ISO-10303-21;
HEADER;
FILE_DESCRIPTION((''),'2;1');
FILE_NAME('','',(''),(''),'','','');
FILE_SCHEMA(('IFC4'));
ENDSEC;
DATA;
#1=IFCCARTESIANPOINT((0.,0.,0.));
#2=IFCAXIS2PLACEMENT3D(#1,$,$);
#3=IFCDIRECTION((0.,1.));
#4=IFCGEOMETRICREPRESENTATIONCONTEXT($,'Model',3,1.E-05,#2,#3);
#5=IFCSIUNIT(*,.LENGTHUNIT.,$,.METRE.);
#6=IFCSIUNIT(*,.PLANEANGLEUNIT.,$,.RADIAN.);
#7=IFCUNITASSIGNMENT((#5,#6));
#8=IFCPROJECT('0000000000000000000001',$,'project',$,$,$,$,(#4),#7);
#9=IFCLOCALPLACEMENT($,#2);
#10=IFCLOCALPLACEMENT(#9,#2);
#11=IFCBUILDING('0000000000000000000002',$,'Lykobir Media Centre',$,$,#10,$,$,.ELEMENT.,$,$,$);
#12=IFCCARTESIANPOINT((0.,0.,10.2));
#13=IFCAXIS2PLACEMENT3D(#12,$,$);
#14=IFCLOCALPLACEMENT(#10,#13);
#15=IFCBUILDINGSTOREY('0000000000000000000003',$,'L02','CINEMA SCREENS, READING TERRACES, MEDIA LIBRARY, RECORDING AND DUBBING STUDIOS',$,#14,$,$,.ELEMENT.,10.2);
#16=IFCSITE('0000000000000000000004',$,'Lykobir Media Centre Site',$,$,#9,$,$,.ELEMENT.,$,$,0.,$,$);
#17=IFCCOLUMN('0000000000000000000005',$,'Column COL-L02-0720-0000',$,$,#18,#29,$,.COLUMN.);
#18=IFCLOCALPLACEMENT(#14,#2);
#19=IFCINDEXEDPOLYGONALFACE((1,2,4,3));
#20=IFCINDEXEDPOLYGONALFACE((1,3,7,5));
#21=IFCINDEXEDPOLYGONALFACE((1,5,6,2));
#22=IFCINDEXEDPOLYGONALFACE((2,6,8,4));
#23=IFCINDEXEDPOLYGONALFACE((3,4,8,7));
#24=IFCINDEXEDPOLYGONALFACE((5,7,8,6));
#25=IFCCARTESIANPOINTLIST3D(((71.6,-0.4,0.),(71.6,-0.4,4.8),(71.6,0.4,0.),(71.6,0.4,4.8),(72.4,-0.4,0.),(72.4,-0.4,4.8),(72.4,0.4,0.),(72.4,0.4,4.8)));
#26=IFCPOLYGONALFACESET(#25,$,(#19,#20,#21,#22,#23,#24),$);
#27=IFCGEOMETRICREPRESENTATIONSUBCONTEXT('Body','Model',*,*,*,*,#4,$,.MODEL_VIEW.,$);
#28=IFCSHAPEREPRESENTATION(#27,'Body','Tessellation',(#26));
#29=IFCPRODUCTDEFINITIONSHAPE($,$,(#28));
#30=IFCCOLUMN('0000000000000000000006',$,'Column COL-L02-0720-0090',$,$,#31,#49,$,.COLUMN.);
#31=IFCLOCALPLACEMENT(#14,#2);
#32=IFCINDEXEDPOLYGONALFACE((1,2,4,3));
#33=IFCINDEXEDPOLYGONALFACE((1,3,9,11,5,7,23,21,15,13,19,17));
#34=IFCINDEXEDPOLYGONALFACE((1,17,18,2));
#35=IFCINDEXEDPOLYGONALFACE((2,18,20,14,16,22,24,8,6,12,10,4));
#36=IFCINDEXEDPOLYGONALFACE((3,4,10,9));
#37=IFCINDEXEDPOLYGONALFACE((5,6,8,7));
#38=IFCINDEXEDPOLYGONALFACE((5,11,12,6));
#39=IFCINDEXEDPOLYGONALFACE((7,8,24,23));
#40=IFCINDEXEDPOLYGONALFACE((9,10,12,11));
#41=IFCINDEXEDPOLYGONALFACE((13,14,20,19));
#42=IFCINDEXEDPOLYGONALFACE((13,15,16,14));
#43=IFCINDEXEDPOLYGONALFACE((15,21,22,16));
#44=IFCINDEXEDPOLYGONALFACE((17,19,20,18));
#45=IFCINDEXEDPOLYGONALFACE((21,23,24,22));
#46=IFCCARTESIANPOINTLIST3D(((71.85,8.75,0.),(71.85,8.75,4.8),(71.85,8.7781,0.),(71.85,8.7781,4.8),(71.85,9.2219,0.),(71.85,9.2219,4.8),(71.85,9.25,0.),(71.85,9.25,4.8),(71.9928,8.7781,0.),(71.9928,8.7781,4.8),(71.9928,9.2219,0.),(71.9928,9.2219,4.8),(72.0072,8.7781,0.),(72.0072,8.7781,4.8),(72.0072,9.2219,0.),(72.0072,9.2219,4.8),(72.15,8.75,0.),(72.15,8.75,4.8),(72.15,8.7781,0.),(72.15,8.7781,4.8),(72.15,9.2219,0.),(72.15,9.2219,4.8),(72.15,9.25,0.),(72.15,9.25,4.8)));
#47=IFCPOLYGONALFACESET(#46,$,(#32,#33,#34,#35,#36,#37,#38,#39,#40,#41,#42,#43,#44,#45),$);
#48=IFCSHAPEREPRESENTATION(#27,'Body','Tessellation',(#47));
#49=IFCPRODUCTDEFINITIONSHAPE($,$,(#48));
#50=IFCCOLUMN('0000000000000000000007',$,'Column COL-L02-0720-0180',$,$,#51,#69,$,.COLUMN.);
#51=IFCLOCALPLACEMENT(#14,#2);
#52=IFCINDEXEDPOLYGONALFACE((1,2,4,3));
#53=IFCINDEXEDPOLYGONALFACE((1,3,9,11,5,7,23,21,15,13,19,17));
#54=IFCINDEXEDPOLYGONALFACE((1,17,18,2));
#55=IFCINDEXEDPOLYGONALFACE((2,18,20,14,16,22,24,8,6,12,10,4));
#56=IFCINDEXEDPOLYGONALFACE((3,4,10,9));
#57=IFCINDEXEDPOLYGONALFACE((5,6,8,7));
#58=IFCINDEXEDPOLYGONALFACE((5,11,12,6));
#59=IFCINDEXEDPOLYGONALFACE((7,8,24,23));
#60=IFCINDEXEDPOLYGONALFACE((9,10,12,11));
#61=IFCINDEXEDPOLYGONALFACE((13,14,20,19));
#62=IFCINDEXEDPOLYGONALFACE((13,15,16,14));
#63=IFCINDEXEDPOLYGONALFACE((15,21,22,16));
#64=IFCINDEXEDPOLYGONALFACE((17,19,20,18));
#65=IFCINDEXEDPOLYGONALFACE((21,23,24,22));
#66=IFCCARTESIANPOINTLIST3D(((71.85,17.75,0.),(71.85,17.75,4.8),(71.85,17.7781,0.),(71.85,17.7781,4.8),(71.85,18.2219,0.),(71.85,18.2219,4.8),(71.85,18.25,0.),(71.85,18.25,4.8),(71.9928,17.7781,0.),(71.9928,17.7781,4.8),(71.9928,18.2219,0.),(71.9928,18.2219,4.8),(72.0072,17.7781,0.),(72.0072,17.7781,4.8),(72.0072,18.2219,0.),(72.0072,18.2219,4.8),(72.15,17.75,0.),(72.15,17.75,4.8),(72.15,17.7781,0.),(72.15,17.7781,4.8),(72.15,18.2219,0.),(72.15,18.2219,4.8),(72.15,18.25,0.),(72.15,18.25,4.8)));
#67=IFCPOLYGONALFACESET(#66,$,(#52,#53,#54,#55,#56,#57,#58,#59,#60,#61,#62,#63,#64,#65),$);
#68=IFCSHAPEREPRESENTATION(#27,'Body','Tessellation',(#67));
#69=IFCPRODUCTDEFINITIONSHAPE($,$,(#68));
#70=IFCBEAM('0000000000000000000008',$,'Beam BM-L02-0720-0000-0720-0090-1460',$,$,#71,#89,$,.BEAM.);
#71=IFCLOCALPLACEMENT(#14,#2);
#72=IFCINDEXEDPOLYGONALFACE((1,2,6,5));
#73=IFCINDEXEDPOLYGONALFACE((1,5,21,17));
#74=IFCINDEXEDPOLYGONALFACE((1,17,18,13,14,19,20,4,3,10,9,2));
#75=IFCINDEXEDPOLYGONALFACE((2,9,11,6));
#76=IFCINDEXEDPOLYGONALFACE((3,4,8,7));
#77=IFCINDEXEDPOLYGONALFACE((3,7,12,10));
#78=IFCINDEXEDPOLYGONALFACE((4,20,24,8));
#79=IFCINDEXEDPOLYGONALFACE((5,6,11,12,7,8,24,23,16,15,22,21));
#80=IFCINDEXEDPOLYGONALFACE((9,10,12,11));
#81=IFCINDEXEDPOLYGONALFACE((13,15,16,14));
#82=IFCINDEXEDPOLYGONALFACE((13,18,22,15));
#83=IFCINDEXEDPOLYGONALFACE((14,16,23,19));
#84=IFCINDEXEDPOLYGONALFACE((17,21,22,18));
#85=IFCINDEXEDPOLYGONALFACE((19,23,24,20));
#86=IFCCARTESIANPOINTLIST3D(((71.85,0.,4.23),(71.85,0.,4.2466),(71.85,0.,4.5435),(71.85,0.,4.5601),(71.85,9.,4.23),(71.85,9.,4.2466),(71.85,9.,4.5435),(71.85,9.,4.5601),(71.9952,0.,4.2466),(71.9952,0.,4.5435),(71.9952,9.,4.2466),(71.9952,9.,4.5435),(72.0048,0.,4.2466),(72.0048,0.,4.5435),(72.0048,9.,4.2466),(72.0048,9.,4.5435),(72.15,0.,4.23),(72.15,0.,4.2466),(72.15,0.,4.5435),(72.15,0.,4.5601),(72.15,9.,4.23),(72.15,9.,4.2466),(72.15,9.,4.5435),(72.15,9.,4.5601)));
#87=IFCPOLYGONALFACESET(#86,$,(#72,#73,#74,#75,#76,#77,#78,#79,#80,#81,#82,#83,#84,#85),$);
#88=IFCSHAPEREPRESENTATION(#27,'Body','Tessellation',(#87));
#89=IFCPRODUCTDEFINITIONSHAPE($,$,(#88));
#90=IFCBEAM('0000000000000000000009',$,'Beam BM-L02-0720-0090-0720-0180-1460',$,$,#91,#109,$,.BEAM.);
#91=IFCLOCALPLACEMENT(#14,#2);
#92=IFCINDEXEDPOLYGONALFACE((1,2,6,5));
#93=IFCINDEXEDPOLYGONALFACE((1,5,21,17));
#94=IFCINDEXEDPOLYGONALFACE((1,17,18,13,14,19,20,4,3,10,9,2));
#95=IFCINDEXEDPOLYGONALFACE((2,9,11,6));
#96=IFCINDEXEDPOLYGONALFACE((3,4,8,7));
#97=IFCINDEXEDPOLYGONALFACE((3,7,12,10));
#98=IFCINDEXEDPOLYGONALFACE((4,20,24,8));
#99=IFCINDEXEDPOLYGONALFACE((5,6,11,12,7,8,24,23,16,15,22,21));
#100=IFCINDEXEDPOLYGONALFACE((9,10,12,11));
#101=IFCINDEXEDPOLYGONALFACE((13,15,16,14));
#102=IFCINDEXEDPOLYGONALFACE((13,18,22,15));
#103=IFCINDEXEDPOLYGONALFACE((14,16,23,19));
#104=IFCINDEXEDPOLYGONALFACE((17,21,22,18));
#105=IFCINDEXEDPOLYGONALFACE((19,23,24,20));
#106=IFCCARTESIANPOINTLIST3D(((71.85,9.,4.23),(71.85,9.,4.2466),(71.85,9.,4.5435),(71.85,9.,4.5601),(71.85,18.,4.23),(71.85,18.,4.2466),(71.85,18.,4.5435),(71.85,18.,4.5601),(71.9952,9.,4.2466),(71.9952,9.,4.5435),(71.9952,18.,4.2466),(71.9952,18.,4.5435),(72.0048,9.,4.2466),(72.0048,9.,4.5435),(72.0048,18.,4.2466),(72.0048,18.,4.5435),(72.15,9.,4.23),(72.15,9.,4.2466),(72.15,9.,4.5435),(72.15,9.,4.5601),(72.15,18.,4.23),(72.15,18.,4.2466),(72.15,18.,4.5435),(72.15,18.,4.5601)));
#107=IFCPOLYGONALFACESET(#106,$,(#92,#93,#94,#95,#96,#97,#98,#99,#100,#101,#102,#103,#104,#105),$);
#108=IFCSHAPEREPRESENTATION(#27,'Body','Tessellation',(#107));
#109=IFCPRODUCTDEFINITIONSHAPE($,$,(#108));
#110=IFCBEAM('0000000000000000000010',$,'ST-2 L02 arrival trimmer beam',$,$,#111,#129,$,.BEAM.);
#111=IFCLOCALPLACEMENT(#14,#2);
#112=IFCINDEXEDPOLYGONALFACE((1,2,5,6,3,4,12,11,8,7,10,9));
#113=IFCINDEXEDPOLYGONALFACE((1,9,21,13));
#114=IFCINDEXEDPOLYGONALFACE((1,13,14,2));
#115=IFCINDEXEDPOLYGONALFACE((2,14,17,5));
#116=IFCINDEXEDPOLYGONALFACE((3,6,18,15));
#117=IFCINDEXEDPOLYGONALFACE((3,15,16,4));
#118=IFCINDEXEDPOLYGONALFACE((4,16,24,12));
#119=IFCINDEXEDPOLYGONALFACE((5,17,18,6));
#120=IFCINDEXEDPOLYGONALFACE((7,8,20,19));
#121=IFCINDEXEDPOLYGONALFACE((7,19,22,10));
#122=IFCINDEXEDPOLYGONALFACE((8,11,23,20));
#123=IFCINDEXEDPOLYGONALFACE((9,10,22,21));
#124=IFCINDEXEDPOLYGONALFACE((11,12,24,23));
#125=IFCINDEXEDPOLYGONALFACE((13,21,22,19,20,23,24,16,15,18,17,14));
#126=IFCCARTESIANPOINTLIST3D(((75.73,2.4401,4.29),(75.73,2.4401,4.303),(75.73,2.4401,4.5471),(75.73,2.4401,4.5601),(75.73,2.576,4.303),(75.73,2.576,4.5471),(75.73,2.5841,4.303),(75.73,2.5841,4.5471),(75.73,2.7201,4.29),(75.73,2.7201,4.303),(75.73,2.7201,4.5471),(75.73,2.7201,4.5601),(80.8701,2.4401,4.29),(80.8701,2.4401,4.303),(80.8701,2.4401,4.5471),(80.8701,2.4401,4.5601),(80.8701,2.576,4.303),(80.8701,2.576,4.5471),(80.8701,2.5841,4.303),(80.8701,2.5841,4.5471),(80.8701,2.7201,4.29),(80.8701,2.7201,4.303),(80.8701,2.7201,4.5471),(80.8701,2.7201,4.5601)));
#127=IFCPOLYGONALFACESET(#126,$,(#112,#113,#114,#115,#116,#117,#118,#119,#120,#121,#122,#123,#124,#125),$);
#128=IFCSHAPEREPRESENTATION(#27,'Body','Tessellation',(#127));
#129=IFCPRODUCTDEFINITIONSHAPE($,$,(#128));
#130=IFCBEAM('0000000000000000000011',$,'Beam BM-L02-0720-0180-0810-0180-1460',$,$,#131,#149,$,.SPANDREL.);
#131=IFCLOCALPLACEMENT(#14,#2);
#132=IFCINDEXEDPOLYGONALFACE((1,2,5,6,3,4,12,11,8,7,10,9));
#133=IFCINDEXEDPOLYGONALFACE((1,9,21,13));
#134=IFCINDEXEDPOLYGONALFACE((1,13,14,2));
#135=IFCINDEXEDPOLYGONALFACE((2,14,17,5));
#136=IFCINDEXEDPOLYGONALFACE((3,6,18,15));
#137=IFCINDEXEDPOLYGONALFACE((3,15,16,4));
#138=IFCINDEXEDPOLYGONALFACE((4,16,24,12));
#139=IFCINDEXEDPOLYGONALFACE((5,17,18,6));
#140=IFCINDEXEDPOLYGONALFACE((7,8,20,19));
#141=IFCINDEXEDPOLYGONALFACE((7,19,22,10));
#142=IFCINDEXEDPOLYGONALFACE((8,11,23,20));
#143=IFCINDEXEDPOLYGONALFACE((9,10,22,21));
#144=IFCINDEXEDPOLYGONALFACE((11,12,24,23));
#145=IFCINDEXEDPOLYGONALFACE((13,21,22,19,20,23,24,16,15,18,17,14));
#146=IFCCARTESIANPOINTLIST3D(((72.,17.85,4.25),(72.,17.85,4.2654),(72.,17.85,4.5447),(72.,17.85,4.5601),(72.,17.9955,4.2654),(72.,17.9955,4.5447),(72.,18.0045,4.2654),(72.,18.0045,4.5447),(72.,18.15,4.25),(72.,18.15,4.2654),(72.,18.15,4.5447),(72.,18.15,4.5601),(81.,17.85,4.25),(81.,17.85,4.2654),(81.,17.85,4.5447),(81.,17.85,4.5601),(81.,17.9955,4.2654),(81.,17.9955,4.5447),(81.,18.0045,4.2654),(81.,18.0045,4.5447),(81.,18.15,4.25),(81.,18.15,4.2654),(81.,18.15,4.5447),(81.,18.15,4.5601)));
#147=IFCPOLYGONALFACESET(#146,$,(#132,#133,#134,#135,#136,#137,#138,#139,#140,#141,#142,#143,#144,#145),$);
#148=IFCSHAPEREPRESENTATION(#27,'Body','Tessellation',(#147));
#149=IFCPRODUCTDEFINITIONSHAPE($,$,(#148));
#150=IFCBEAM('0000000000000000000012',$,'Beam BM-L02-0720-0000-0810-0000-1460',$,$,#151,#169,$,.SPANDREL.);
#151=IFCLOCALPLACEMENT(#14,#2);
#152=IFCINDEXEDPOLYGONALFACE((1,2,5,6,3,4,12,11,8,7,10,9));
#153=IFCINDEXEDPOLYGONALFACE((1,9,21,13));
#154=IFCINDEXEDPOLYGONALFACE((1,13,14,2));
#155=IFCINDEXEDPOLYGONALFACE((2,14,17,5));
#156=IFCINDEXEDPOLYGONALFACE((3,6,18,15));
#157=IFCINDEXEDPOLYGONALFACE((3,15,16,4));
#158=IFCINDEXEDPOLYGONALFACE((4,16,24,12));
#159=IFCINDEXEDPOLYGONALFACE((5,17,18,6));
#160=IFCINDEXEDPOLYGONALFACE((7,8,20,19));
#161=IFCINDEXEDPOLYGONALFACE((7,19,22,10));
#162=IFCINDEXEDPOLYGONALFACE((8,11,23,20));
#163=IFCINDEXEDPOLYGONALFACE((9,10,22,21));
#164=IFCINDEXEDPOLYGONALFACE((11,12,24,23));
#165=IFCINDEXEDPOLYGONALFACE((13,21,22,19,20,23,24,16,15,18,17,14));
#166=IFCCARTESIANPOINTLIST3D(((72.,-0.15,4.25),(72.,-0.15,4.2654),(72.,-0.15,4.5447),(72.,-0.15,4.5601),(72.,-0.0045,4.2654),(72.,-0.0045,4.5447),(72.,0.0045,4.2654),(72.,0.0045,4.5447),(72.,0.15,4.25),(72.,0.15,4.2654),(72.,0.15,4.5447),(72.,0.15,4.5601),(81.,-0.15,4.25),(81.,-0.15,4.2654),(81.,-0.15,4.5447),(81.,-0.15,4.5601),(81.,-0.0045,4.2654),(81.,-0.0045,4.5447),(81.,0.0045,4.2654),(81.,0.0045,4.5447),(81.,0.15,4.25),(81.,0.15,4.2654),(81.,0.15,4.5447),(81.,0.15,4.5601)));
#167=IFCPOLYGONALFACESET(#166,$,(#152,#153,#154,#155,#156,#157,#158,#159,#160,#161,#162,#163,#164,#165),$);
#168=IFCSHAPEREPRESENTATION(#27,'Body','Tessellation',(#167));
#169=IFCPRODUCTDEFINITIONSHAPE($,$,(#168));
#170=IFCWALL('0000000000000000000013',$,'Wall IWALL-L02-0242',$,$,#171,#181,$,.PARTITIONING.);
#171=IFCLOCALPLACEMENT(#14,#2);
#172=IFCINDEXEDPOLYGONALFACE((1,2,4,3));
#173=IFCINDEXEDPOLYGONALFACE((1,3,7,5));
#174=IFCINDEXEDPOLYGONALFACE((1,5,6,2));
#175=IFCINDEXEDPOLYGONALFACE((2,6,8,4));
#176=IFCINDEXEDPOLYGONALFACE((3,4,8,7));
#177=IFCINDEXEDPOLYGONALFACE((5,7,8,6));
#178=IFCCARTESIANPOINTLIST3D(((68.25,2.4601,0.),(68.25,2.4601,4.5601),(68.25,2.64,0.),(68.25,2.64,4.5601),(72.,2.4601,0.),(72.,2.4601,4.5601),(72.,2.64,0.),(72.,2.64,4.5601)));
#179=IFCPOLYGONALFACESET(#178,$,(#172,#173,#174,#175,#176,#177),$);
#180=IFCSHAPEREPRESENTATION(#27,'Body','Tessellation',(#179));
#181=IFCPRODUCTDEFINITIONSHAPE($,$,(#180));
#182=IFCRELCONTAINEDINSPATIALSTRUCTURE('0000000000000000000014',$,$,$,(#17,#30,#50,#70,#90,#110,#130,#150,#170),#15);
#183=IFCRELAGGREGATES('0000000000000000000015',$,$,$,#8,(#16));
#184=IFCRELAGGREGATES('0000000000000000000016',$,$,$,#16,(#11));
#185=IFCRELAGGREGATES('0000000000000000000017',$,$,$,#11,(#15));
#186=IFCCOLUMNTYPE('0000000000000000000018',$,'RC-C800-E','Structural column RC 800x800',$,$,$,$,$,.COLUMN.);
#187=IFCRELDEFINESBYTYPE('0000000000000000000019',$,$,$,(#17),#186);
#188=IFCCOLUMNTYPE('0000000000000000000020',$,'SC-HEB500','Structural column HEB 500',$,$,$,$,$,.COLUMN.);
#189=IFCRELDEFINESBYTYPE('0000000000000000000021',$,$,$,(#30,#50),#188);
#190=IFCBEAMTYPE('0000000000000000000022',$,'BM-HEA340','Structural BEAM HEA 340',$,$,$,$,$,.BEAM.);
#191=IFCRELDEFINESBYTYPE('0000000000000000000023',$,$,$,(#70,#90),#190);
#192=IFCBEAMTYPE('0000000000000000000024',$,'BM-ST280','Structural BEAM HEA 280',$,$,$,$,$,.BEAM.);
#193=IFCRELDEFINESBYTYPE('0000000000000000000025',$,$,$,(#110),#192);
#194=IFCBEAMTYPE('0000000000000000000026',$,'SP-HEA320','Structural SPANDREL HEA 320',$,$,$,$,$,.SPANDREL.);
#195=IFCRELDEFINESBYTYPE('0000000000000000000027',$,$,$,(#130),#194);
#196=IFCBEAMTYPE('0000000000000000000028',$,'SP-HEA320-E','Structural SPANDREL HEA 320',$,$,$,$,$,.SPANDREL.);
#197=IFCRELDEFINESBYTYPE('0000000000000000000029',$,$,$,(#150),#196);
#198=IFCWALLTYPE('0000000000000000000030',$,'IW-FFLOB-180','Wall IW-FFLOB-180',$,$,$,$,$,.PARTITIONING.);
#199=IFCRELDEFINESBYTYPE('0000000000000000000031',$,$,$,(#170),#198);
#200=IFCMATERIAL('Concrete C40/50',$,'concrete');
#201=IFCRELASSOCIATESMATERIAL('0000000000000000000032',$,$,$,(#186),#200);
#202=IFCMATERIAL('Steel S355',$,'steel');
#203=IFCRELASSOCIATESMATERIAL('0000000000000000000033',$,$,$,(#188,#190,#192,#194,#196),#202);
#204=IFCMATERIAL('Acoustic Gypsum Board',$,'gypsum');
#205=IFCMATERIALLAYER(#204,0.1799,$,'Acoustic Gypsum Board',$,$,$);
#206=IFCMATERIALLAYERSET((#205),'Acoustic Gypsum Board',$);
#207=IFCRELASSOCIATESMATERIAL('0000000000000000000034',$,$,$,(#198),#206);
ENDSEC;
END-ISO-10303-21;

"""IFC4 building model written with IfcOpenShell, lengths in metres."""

from ifc_helpers import new_model, si_unit, direction, frame, frame_2d, origin, origin_2d, place, context, subcontext, project, spatial, rectangle, i_section, extrude, material, layer, layer_set, material_profile, profile_set, type_object, element, save


model = new_model("IFC4")

# Units and contexts
model_context = context("Model", 3, precision=1e-05, world=origin(), true_north=direction((0.0, 1.0)))
body_context = subcontext(model_context, "Body", "Model", "MODEL_VIEW")
ifc_project = project(units=[si_unit("LENGTHUNIT", "METRE"), si_unit("PLANEANGLEUNIT", "RADIAN")], contexts=[model_context])

# Site, building, storey
site_placement = place(None, origin())
site = spatial("IfcSite", under=ifc_project, at=site_placement, Name="Lykobir Media Centre Site", CompositionType="ELEMENT", RefElevation=0.0)
building_placement = place(site_placement, origin())
building = spatial("IfcBuilding", under=site, at=building_placement, Name="Lykobir Media Centre", CompositionType="ELEMENT")
storey_placement = place(building_placement, frame((0.0, 0.0, 10.2)))
storey = spatial("IfcBuildingStorey", under=building, at=storey_placement, Name="L02", Description="CINEMA SCREENS, READING TERRACES, MEDIA LIBRARY, RECORDING AND DUBBING STUDIOS", CompositionType="ELEMENT", Elevation=10.2)

# Columns
ifc_material_1 = material(Name="Concrete C40/50", Category="concrete")
ifc_material_profile_1 = material_profile(ifc_material_1, rectangle(XDim=0.8, YDim=0.8, at=origin_2d()), Name="RC 800x800")
ifc_profile_set_1 = profile_set([ifc_material_profile_1], Name="Concrete C40/50")
column_type_1 = type_object("IfcColumnType", Name="RC-C800-E", Description="Structural column RC 800x800", PredefinedType="COLUMN", material=ifc_profile_set_1)
column_placement = place(storey_placement, frame((72.0, 0.0, 0.0), z_axis=(0.0, 0.0, 1.0), x_axis=(1.0, 0.0, 0.0)))
element("IfcColumn", 1, at=column_placement, inside=storey, type_object=column_type_1, Name="Column COL-L02-0720-0000", PredefinedType="COLUMN", context=body_context, shape_type="SweptSolid", body=[
    extrude(rectangle(XDim=0.8, YDim=0.8, at=origin_2d()), origin(), (0.0, 0.0, 1.0), 4.8),
])
ifc_material_2 = material(Name="Steel S355", Category="steel")
ifc_material_profile_2 = material_profile(ifc_material_2, i_section(OverallWidth=0.3, OverallDepth=0.5, WebThickness=0.0144, FlangeThickness=0.0281, at=origin_2d()), Name="HEB 500")
ifc_profile_set_2 = profile_set([ifc_material_profile_2], Name="Steel S355")
column_type_2 = type_object("IfcColumnType", Name="SC-HEB500", Description="Structural column HEB 500", PredefinedType="COLUMN", material=ifc_profile_set_2)
for number, where, z_axis, x_axis, name in (
    (2, (72.0, 9.0, 0.0), (0.0, 0.0, 1.0), (1.0, 0.0, 0.0), "Column COL-L02-0720-0090"),
    (3, (72.0, 18.0, 0.0), (0.0, 0.0, 1.0), (1.0, 0.0, 0.0), "Column COL-L02-0720-0180"),
):
    element("IfcColumn", number, at=place(storey_placement, frame(where, z_axis=z_axis, x_axis=x_axis)), inside=storey, type_object=column_type_2, Name=name, PredefinedType="COLUMN", context=body_context, shape_type="SweptSolid", body=[
        extrude(i_section(OverallWidth=0.3, OverallDepth=0.5, WebThickness=0.0144, FlangeThickness=0.0281, at=origin_2d()), origin(), (0.0, 0.0, 1.0), 4.8),
    ])

# Beams
ifc_material_profile_3 = material_profile(ifc_material_2, i_section(OverallWidth=0.3, OverallDepth=0.3301, WebThickness=0.0095, FlangeThickness=0.0166, at=origin_2d()), Name="HEA 340")
ifc_profile_set_3 = profile_set([ifc_material_profile_3], Name="Steel S355")
beam_type_1 = type_object("IfcBeamType", Name="BM-HEA340", Description="Structural BEAM HEA 340", PredefinedType="BEAM", material=ifc_profile_set_3)
for number, where, z_axis, x_axis, name in (
    (4, (72.0, 0.0, 4.395), (0.0, 1.0, 0.0), (-1.0, 0.0, 0.0), "Beam BM-L02-0720-0000-0720-0090-1460"),
    (5, (72.0, 9.0, 4.395), (0.0, 1.0, 0.0), (-1.0, 0.0, 0.0), "Beam BM-L02-0720-0090-0720-0180-1460"),
):
    element("IfcBeam", number, at=place(storey_placement, frame(where, z_axis=z_axis, x_axis=x_axis)), inside=storey, type_object=beam_type_1, Name=name, PredefinedType="BEAM", context=body_context, shape_type="SweptSolid", body=[
        extrude(i_section(OverallWidth=0.3, OverallDepth=0.3301, WebThickness=0.0095, FlangeThickness=0.0166, at=origin_2d()), origin(), (0.0, 0.0, 1.0), 9.0),
    ])
ifc_material_profile_4 = material_profile(ifc_material_2, i_section(OverallWidth=0.28, OverallDepth=0.27, WebThickness=0.0081, FlangeThickness=0.0129, at=origin_2d()), Name="HEA 280")
ifc_profile_set_4 = profile_set([ifc_material_profile_4], Name="Steel S355")
beam_type_2 = type_object("IfcBeamType", Name="BM-ST280", Description="Structural BEAM HEA 280", PredefinedType="BEAM", material=ifc_profile_set_4)
beam_1_placement = place(storey_placement, frame((75.73, 2.5801, 4.425), z_axis=(1.0, 0.0, 0.0), x_axis=(0.0, 1.0, 0.0)))
element("IfcBeam", 6, at=beam_1_placement, inside=storey, type_object=beam_type_2, Name="ST-2 L02 arrival trimmer beam", PredefinedType="BEAM", context=body_context, shape_type="SweptSolid", body=[
    extrude(i_section(OverallWidth=0.28, OverallDepth=0.27, WebThickness=0.0081, FlangeThickness=0.0129, at=origin_2d()), origin(), (0.0, 0.0, 1.0), 5.1401),
])
ifc_material_profile_5 = material_profile(ifc_material_2, i_section(OverallWidth=0.3, OverallDepth=0.3101, WebThickness=0.009, FlangeThickness=0.0154, at=origin_2d()), Name="HEA 320")
ifc_profile_set_5 = profile_set([ifc_material_profile_5], Name="Steel S355")
beam_type_3 = type_object("IfcBeamType", Name="SP-HEA320", Description="Structural SPANDREL HEA 320", PredefinedType="SPANDREL", material=ifc_profile_set_5)
beam_2_placement = place(storey_placement, frame((72.0, 18.0, 4.405), z_axis=(1.0, 0.0, 0.0), x_axis=(0.0, 1.0, 0.0)))
element("IfcBeam", 7, at=beam_2_placement, inside=storey, type_object=beam_type_3, Name="Beam BM-L02-0720-0180-0810-0180-1460", PredefinedType="SPANDREL", context=body_context, shape_type="SweptSolid", body=[
    extrude(i_section(OverallWidth=0.3, OverallDepth=0.3101, WebThickness=0.009, FlangeThickness=0.0154, at=origin_2d()), origin(), (0.0, 0.0, 1.0), 9.0),
])
ifc_material_profile_6 = material_profile(ifc_material_2, i_section(OverallWidth=0.3, OverallDepth=0.3101, WebThickness=0.009, FlangeThickness=0.0154, at=origin_2d()), Name="HEA 320")
ifc_profile_set_6 = profile_set([ifc_material_profile_6], Name="Steel S355")
beam_type_4 = type_object("IfcBeamType", Name="SP-HEA320-E", Description="Structural SPANDREL HEA 320", PredefinedType="SPANDREL", material=ifc_profile_set_6)
beam_3_placement = place(storey_placement, frame((72.0, 0.0, 4.405), z_axis=(1.0, 0.0, 0.0), x_axis=(0.0, 1.0, 0.0)))
element("IfcBeam", 8, at=beam_3_placement, inside=storey, type_object=beam_type_4, Name="Beam BM-L02-0720-0000-0810-0000-1460", PredefinedType="SPANDREL", context=body_context, shape_type="SweptSolid", body=[
    extrude(i_section(OverallWidth=0.3, OverallDepth=0.3101, WebThickness=0.009, FlangeThickness=0.0154, at=origin_2d()), origin(), (0.0, 0.0, 1.0), 9.0),
])

# Wall
ifc_material_3 = material(Name="Acoustic Gypsum Board", Category="gypsum")
ifc_layer_1 = layer(ifc_material_3, 0.1799, Name="Acoustic Gypsum Board")
ifc_layer_set_1 = layer_set([ifc_layer_1], Name="Acoustic Gypsum Board")
wall_type_1 = type_object("IfcWallType", Name="IW-FFLOB-180", Description="Wall IW-FFLOB-180", PredefinedType="PARTITIONING", material=ifc_layer_set_1)
for number, where, z_axis, x_axis, name in (
    (9, (68.25, 2.55, 0.0), (0.0, 0.0, 1.0), (1.0, 0.0, 0.0), "Wall IWALL-L02-0242"),
):
    element("IfcWall", number, at=place(storey_placement, frame(where, z_axis=z_axis, x_axis=x_axis)), inside=storey, type_object=wall_type_1, Name=name, PredefinedType="PARTITIONING", context=body_context, shape_type="SweptSolid", body=[
        extrude(rectangle(XDim=3.75, YDim=0.1799, at=frame_2d((1.875, 0.0))), origin(), (0.0, 0.0, 1.0), 4.5601),
    ])

save(model, "model.ifc")
